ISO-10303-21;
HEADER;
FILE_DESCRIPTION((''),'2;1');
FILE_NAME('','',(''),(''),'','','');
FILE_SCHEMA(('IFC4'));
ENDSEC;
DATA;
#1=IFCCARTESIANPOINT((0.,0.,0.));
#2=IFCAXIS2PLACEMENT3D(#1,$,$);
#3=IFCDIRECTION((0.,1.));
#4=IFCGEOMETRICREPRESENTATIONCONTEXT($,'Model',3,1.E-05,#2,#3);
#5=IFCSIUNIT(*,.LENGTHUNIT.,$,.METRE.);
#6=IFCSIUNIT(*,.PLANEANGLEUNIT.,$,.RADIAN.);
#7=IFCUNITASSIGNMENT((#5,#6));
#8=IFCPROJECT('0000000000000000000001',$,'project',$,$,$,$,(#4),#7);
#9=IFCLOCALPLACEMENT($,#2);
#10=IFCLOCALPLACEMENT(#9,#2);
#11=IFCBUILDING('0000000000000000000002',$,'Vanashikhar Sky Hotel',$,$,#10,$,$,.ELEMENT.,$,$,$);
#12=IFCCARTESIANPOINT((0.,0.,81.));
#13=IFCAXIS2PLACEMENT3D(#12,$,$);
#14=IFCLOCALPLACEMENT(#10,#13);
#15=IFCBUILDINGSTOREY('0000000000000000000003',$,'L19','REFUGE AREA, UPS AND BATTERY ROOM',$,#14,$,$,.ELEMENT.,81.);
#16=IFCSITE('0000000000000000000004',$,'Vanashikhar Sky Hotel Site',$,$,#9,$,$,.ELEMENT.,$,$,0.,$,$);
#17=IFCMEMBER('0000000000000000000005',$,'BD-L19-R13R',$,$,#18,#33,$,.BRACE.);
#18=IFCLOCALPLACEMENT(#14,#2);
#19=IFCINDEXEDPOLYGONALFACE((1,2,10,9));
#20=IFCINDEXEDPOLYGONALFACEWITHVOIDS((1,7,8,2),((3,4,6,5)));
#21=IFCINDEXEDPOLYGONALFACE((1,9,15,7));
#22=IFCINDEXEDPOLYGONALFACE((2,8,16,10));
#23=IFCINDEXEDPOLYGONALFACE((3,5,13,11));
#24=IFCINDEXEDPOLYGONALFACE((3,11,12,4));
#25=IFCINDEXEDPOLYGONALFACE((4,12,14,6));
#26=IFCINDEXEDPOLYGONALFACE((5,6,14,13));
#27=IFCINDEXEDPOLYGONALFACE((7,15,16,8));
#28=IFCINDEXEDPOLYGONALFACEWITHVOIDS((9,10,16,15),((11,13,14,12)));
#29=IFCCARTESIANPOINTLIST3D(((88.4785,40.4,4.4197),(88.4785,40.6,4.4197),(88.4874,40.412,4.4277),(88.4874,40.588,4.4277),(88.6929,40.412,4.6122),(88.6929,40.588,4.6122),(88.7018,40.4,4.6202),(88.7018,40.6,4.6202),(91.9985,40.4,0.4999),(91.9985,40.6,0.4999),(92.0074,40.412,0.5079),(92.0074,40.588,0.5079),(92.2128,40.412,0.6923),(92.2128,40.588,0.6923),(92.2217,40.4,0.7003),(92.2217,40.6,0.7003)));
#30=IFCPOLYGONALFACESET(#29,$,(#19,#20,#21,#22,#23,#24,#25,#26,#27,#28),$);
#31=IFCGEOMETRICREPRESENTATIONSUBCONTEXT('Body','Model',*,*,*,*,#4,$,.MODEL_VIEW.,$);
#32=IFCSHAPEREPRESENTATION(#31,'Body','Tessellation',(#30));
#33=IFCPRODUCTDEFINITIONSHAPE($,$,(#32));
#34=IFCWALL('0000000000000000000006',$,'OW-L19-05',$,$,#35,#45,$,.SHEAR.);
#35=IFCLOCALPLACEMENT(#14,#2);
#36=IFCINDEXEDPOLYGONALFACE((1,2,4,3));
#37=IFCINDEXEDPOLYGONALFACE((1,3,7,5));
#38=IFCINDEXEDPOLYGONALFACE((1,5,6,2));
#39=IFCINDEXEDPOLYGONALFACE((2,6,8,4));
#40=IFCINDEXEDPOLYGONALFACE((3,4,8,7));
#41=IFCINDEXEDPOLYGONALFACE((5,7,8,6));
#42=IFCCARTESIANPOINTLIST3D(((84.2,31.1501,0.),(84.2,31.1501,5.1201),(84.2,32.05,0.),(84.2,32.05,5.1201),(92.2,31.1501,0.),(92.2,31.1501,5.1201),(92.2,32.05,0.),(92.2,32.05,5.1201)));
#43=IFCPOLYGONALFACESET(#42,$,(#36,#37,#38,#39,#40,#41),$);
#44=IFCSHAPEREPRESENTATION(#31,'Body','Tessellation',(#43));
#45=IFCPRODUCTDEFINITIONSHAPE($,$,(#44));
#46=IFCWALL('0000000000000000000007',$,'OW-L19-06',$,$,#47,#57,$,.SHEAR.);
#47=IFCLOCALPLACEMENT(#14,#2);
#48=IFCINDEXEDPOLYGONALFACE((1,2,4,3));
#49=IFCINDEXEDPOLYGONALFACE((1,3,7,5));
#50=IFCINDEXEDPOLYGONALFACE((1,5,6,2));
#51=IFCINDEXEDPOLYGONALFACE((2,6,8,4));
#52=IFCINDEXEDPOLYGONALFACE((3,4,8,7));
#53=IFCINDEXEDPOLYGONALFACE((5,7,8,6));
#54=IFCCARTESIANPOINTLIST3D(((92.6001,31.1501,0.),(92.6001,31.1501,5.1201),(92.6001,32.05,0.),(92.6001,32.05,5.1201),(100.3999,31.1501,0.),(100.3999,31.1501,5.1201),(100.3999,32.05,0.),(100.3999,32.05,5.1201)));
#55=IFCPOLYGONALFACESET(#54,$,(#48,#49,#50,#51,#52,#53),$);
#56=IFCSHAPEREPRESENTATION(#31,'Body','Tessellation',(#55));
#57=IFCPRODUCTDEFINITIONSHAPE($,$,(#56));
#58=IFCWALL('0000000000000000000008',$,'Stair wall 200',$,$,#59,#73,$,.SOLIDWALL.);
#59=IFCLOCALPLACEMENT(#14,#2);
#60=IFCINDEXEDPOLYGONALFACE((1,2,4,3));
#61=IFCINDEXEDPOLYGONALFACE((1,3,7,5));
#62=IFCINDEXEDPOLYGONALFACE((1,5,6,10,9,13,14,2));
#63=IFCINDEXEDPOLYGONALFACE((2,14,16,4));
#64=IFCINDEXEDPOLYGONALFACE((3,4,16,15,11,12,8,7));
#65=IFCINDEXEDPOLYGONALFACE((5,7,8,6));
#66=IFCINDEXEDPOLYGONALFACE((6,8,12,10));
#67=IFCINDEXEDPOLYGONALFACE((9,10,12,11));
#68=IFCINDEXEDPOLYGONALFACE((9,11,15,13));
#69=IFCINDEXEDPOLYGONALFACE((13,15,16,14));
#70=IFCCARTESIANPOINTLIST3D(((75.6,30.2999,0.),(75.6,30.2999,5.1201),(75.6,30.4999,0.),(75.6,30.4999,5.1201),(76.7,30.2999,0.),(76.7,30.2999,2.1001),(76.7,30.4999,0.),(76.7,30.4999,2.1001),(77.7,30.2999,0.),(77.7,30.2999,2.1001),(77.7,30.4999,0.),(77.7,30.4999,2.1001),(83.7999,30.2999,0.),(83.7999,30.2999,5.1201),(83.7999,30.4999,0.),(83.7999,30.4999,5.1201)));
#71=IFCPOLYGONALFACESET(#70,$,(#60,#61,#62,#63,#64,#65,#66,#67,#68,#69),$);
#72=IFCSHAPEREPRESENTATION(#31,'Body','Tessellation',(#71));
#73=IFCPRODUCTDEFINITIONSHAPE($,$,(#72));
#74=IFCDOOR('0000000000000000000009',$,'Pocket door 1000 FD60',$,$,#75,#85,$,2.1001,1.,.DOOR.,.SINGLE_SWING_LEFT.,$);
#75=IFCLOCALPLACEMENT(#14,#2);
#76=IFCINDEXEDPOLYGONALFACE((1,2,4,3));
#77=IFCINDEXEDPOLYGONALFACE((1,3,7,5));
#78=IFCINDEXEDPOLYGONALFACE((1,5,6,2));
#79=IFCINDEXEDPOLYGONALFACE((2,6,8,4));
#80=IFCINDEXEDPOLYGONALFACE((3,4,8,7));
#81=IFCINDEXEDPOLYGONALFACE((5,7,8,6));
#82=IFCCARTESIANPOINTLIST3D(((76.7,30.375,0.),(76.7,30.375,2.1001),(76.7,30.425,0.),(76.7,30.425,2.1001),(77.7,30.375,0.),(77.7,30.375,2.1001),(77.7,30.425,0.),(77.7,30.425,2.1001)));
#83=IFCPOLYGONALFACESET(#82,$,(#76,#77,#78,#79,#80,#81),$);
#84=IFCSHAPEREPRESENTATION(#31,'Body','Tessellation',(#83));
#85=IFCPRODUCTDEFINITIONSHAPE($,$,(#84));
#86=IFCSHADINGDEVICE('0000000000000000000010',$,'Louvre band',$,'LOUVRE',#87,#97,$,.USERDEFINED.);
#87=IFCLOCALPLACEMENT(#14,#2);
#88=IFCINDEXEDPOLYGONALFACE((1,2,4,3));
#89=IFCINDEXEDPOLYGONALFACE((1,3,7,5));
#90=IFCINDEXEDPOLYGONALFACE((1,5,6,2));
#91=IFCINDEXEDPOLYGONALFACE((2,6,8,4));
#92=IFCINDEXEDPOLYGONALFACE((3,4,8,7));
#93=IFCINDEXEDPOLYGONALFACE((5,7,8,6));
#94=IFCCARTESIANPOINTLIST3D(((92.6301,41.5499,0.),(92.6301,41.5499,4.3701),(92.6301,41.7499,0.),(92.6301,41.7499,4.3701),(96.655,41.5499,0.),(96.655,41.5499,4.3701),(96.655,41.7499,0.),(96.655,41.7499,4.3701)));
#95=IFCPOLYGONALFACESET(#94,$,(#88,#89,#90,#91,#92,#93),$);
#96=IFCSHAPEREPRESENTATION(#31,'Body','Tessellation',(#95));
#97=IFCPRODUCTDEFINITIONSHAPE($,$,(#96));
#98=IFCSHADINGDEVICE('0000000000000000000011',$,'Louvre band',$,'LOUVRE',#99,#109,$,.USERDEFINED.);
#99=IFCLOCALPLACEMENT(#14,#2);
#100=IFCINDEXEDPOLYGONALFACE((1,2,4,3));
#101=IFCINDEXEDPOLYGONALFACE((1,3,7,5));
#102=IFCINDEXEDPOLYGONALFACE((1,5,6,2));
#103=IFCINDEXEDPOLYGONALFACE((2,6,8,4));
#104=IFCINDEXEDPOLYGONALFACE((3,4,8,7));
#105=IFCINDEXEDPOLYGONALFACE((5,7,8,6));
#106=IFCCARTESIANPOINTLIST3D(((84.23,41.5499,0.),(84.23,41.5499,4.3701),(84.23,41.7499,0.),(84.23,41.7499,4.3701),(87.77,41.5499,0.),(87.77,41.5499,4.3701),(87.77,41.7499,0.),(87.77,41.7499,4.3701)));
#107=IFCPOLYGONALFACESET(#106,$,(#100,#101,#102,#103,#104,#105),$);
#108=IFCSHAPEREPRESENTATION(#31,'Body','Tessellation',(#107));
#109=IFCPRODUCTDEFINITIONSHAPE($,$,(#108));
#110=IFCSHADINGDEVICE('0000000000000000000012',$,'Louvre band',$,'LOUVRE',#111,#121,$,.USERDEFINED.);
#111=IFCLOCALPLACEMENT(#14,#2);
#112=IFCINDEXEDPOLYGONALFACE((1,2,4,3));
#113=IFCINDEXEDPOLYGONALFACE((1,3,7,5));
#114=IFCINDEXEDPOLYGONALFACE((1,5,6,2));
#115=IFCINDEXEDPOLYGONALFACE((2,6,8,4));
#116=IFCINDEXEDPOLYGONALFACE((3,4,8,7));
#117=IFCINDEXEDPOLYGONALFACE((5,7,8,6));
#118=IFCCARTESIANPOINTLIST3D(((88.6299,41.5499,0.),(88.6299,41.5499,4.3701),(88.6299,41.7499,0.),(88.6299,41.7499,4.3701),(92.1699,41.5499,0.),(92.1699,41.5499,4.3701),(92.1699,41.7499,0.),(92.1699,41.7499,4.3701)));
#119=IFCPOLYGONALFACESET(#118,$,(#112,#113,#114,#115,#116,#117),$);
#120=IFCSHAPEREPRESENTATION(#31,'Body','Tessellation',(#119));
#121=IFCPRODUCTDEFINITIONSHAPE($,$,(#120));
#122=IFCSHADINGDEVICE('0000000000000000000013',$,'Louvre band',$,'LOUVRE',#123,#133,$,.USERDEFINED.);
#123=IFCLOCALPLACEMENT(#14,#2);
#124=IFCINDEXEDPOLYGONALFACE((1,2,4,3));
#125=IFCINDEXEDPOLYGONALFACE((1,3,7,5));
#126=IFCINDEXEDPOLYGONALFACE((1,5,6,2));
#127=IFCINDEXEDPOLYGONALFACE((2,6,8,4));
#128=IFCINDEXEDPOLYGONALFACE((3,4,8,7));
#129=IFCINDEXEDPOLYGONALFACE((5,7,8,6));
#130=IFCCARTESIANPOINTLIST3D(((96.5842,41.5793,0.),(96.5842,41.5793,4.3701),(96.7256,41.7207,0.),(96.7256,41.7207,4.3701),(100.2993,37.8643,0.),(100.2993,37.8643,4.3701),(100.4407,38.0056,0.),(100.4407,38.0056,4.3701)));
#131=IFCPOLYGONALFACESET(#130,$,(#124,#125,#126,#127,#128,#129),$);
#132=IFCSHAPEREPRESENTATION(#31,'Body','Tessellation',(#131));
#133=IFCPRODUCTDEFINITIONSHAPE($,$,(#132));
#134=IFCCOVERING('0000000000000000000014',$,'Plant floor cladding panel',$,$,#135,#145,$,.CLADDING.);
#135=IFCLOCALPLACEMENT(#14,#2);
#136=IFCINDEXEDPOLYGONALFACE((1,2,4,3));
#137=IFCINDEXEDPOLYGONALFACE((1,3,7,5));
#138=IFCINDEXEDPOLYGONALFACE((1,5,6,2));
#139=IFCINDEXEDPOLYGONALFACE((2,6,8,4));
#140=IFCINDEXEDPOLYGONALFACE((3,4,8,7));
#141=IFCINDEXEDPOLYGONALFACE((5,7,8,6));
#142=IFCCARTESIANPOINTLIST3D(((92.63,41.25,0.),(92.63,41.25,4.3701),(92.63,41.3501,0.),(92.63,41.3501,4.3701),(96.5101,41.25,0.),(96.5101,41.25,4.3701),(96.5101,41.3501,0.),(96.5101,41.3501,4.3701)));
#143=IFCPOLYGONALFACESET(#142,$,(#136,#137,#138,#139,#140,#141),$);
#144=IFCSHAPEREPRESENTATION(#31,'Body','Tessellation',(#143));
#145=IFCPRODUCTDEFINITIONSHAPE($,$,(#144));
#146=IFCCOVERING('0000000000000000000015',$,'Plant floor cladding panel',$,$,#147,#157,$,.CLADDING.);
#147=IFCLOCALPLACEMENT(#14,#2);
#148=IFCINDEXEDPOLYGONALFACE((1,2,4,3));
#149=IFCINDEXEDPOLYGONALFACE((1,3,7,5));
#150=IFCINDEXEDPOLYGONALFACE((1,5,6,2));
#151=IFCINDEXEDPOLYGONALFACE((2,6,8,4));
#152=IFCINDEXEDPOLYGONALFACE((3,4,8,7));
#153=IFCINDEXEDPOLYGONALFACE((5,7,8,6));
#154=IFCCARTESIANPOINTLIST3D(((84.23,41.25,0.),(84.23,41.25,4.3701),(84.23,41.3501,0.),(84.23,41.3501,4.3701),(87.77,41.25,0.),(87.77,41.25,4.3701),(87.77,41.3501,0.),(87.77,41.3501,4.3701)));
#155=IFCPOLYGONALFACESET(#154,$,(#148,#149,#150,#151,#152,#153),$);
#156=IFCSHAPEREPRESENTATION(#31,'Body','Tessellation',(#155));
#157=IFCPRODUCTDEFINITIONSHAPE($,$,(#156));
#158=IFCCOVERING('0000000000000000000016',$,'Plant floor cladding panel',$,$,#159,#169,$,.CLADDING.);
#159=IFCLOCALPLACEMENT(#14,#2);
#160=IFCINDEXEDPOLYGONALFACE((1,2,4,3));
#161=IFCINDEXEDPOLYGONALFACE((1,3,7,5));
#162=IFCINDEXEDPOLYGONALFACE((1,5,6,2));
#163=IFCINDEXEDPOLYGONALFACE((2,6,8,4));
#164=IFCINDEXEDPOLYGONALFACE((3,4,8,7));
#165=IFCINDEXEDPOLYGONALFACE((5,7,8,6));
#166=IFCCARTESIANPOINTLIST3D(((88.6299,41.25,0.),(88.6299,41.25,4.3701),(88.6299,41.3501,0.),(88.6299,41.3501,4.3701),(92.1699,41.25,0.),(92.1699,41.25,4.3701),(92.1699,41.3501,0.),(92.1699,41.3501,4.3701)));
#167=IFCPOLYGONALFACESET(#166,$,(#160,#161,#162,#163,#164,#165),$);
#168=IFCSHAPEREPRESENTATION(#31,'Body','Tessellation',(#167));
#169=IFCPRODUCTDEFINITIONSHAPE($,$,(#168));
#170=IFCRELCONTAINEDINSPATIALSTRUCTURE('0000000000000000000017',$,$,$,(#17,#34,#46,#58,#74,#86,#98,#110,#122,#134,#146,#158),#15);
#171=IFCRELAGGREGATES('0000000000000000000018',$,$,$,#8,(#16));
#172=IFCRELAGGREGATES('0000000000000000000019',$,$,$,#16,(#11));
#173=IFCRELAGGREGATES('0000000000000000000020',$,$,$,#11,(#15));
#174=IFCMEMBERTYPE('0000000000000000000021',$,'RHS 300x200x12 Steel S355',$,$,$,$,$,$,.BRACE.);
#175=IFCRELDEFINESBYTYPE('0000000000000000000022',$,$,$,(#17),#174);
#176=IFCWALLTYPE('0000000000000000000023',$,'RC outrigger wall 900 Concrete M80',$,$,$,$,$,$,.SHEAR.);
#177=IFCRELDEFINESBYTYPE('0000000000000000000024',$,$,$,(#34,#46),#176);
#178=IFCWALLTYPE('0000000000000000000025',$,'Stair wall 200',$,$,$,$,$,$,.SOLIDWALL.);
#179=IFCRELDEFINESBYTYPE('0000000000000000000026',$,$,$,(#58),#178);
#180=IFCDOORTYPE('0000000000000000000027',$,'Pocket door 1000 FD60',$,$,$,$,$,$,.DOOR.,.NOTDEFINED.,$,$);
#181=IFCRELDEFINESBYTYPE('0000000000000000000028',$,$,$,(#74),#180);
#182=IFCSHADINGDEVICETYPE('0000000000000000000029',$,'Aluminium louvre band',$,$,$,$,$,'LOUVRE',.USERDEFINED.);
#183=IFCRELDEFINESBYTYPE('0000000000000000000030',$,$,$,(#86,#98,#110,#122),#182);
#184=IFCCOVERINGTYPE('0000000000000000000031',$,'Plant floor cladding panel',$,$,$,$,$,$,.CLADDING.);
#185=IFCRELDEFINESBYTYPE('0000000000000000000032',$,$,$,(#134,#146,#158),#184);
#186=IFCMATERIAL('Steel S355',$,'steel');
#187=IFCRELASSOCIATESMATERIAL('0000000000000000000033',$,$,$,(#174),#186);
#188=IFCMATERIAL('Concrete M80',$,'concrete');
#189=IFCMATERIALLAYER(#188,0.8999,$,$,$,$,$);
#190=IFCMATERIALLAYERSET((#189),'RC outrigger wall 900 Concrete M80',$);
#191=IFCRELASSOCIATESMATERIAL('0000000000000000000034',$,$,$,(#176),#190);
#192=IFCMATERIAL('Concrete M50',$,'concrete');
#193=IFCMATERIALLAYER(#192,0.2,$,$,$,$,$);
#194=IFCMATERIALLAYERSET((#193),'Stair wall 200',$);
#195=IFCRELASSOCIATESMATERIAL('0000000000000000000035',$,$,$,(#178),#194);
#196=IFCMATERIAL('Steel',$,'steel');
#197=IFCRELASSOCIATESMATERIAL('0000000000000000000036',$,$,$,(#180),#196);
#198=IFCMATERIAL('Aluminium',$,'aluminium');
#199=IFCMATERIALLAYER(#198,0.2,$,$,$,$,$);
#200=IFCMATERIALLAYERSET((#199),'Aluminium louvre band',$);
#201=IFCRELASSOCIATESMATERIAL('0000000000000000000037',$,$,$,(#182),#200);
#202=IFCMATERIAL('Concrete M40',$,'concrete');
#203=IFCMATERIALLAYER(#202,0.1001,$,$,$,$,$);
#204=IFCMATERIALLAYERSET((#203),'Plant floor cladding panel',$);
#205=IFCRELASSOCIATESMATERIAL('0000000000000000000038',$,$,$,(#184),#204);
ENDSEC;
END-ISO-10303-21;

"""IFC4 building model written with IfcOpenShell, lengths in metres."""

from ifc_helpers import new_model, si_unit, direction, frame, frame_2d, origin, origin_2d, place, context, subcontext, project, spatial, rectangle, hollow_rectangle, extrude, source, transform, mapped, material, layer, layer_set, material_profile, profile_set, type_object, element, fill, save


model = new_model("IFC4")

# Units and contexts
model_context = context("Model", 3, precision=1e-05, world=origin(), true_north=direction((0.0, 1.0)))
body_context = subcontext(model_context, "Body", "Model", "MODEL_VIEW")
ifc_project = project(units=[si_unit("LENGTHUNIT", "METRE"), si_unit("PLANEANGLEUNIT", "RADIAN")], contexts=[model_context])

# Site, building, storey
site_placement = place(None, origin())
site = spatial("IfcSite", under=ifc_project, at=site_placement, Name="Vanashikhar Sky Hotel Site", CompositionType="ELEMENT", RefElevation=0.0)
building_placement = place(site_placement, origin())
building = spatial("IfcBuilding", under=site, at=building_placement, Name="Vanashikhar Sky Hotel", CompositionType="ELEMENT")
storey_placement = place(building_placement, frame((0.0, 0.0, 81.0)))
storey = spatial("IfcBuildingStorey", under=building, at=storey_placement, Name="L19", Description="REFUGE AREA, UPS AND BATTERY ROOM", CompositionType="ELEMENT", Elevation=81.0)

# Shared definitions
ifc_material_1 = material(Name="Concrete M50", Category="concrete")

# Member
ifc_material_2 = material(Name="Steel S355", Category="steel")
ifc_material_profile_1 = material_profile(ifc_material_2, hollow_rectangle(XDim=0.2, YDim=0.3, WallThickness=0.012, at=origin_2d()))
ifc_profile_set_1 = profile_set([ifc_material_profile_1], Name="RHS 300x200x12 Steel S355")
member_type_1 = type_object("IfcMemberType", Name="RHS 300x200x12 Steel S355", PredefinedType="BRACE", material=ifc_profile_set_1)
shared_shape_1 = source(origin(), body_context, "Body", "SweptSolid", [
    extrude(hollow_rectangle(XDim=0.2, YDim=0.3, WallThickness=0.012, at=origin_2d()), origin(), (0.0, 0.0, 1.0), 5.2683),
])
for number, where, z_axis, x_axis, name in (
    (1, (92.1101, 40.5, 0.6001), (-0.668135, 0.0, 0.74404), (0.0, -1.0, 0.0), "BD-L19-R13R"),
):
    element("IfcMember", number, at=place(storey_placement, frame(where, z_axis=z_axis, x_axis=x_axis)), inside=storey, type_object=member_type_1, Name=name, PredefinedType="BRACE", context=body_context, shape_type="MappedRepresentation", body=[
        mapped(shared_shape_1, transform((0.0, 0.0, 0.0), scale=1.0)),
    ])

# Walls
ifc_material_3 = material(Name="Concrete M80", Category="concrete")
ifc_layer_1 = layer(ifc_material_3, 0.8999)
ifc_layer_set_1 = layer_set([ifc_layer_1], Name="RC outrigger wall 900 Concrete M80")
wall_type_1 = type_object("IfcWallType", Name="RC outrigger wall 900 Concrete M80", PredefinedType="SHEAR", material=ifc_layer_set_1)
shared_shape_2 = source(origin(), body_context, "Body", "SweptSolid", [
    extrude(rectangle(XDim=8.0, YDim=0.8999, at=frame_2d((4.0, 0.0))), origin(), (0.0, 0.0, 1.0), 5.1201),
])
wall_1_placement = place(storey_placement, frame((84.2, 31.6001, 0.0), z_axis=(0.0, 0.0, 1.0), x_axis=(1.0, 0.0, 0.0)))
element("IfcWall", 2, at=wall_1_placement, inside=storey, type_object=wall_type_1, Name="OW-L19-05", PredefinedType="SHEAR", context=body_context, shape_type="MappedRepresentation", body=[
    mapped(shared_shape_2, transform((0.0, 0.0, 0.0), scale=1.0)),
])
shared_shape_3 = source(origin(), body_context, "Body", "SweptSolid", [
    extrude(rectangle(XDim=7.7998, YDim=0.8999, at=frame_2d((3.8999, 0.0))), origin(), (0.0, 0.0, 1.0), 5.1201),
])
wall_2_placement = place(storey_placement, frame((92.6001, 31.6001, 0.0), z_axis=(0.0, 0.0, 1.0), x_axis=(1.0, 0.0, 0.0)))
element("IfcWall", 3, at=wall_2_placement, inside=storey, type_object=wall_type_1, Name="OW-L19-06", PredefinedType="SHEAR", context=body_context, shape_type="MappedRepresentation", body=[
    mapped(shared_shape_3, transform((0.0, 0.0, 0.0), scale=1.0)),
])

# Wall, opening, door
ifc_layer_2 = layer(ifc_material_1, 0.2)
ifc_layer_set_2 = layer_set([ifc_layer_2], Name="Stair wall 200")
wall_type_2 = type_object("IfcWallType", Name="Stair wall 200", PredefinedType="SOLIDWALL", material=ifc_layer_set_2)
shared_shape_4 = source(origin(), body_context, "Body", "SweptSolid", [
    extrude(rectangle(XDim=8.2, YDim=0.2, at=frame_2d((4.1001, 0.0))), origin(), (0.0, 0.0, 1.0), 5.1201),
])
wall_3_placement = place(storey_placement, frame((83.8, 30.3999, 0.0), z_axis=(0.0, 0.0, 1.0), x_axis=(-1.0, 0.0, 0.0)))
wall_3 = element("IfcWall", 4, at=wall_3_placement, inside=storey, type_object=wall_type_2, Name="Stair wall 200", PredefinedType="SOLIDWALL", context=body_context, shape_type="MappedRepresentation", body=[
    mapped(shared_shape_4, transform((0.0, 0.0, 0.0), scale=1.0)),
])
shared_shape_5 = source(origin(), body_context, "Body", "SweptSolid", [
    extrude(rectangle(XDim=1.0, YDim=2.1001, at=frame_2d((0.5, 1.05))), frame((0.0, 0.1099, 0.0), z_axis=(0.0, -1.0, 0.0), x_axis=(1.0, 0.0, 0.0)), (0.0, 0.0, 1.0), 0.22),
])
opening_placement = place(wall_3_placement, frame((6.1001, 0.0, 0.0)))
opening = element("IfcOpeningElement", 5, at=opening_placement, cuts=wall_3, PredefinedType="OPENING", context=body_context, shape_type="MappedRepresentation", body=[
    mapped(shared_shape_5, transform((0.0, 0.0, 0.0), scale=1.0)),
])
ifc_material_4 = material(Name="Steel", Category="steel")
door_type = type_object("IfcDoorType", Name="Pocket door 1000 FD60", OperationType="NOTDEFINED", PredefinedType="DOOR", material=ifc_material_4)
shared_shape_6 = source(origin(), body_context, "Body", "SweptSolid", [
    extrude(rectangle(XDim=1.0, YDim=2.1001, at=frame_2d((0.5, 1.05))), frame((0.0, 0.0249, 0.0), z_axis=(0.0, -1.0, 0.0), x_axis=(1.0, 0.0, 0.0)), (0.0, 0.0, 1.0), 0.05),
])
door_placement = place(opening_placement, origin())
door = element("IfcDoor", 6, at=door_placement, inside=storey, type_object=door_type, Name="Pocket door 1000 FD60", OperationType="SINGLE_SWING_LEFT", OverallHeight=2.1001, OverallWidth=1.0, PredefinedType="DOOR", context=body_context, shape_type="MappedRepresentation", body=[
    mapped(shared_shape_6, transform((0.0, 0.0, 0.0), scale=1.0)),
])
fill(opening, door)

# Shading devices
ifc_material_5 = material(Name="Aluminium", Category="aluminium")
ifc_layer_3 = layer(ifc_material_5, 0.2)
ifc_layer_set_3 = layer_set([ifc_layer_3], Name="Aluminium louvre band")
shading_device_type = type_object("IfcShadingDeviceType", Name="Aluminium louvre band", ElementType="LOUVRE", PredefinedType="USERDEFINED", material=ifc_layer_set_3)
shared_shape_7 = source(origin(), body_context, "Body", "SweptSolid", [
    extrude(rectangle(XDim=4.0249, YDim=0.2, at=origin_2d()), origin(), (0.0, 0.0, 1.0), 4.3701),
])
shading_device_1_placement = place(storey_placement, frame((94.6426, 41.6499, 0.0), z_axis=(0.0, 0.0, 1.0), x_axis=(-1.0, 0.0, 0.0)))
element("IfcShadingDevice", 7, at=shading_device_1_placement, inside=storey, type_object=shading_device_type, Name="Louvre band", ObjectType="LOUVRE", PredefinedType="USERDEFINED", context=body_context, shape_type="MappedRepresentation", body=[
    mapped(shared_shape_7, transform((0.0, 0.0, 0.0), scale=1.0)),
])
shared_shape_8 = source(origin(), body_context, "Body", "SweptSolid", [
    extrude(rectangle(XDim=3.54, YDim=0.2, at=origin_2d()), origin(), (0.0, 0.0, 1.0), 4.3701),
])
for number, where, z_axis, x_axis, name in (
    (8, (86.0, 41.6499, 0.0), (0.0, 0.0, 1.0), (-1.0, 0.0, 0.0), "Louvre band"),
    (9, (90.3999, 41.6499, 0.0), (0.0, 0.0, 1.0), (-1.0, 0.0, 0.0), "Louvre band"),
):
    element("IfcShadingDevice", number, at=place(storey_placement, frame(where, z_axis=z_axis, x_axis=x_axis)), inside=storey, type_object=shading_device_type, Name=name, ObjectType="LOUVRE", PredefinedType="USERDEFINED", context=body_context, shape_type="MappedRepresentation", body=[
        mapped(shared_shape_8, transform((0.0, 0.0, 0.0), scale=1.0)),
    ])
shared_shape_9 = source(origin(), body_context, "Body", "SweptSolid", [
    extrude(rectangle(XDim=5.2539, YDim=0.2, at=origin_2d()), origin(), (0.0, 0.0, 1.0), 4.3701),
])
shading_device_2_placement = place(storey_placement, frame((98.5125, 39.7925, 0.0), z_axis=(0.0, 0.0, 1.0), x_axis=(-0.707107, 0.707107, 0.0)))
element("IfcShadingDevice", 10, at=shading_device_2_placement, inside=storey, type_object=shading_device_type, Name="Louvre band", ObjectType="LOUVRE", PredefinedType="USERDEFINED", context=body_context, shape_type="MappedRepresentation", body=[
    mapped(shared_shape_9, transform((0.0, 0.0, 0.0), scale=1.0)),
])

# Coverings
ifc_material_6 = material(Name="Concrete M40", Category="concrete")
ifc_layer_4 = layer(ifc_material_6, 0.1001)
ifc_layer_set_4 = layer_set([ifc_layer_4], Name="Plant floor cladding panel")
covering_type_1 = type_object("IfcCoveringType", Name="Plant floor cladding panel", PredefinedType="CLADDING", material=ifc_layer_set_4)
shared_shape_10 = source(origin(), body_context, "Body", "SweptSolid", [
    extrude(rectangle(XDim=3.8801, YDim=0.1001, at=origin_2d()), origin(), (0.0, 0.0, 1.0), 4.3701),
])
covering_1_placement = place(storey_placement, frame((94.5701, 41.3, 0.0), z_axis=(0.0, 0.0, 1.0), x_axis=(-1.0, 0.0, 0.0)))
element("IfcCovering", 11, at=covering_1_placement, inside=storey, type_object=covering_type_1, Name="Plant floor cladding panel", PredefinedType="CLADDING", context=body_context, shape_type="MappedRepresentation", body=[
    mapped(shared_shape_10, transform((0.0, 0.0, 0.0), scale=1.0)),
])
shared_shape_11 = source(origin(), body_context, "Body", "SweptSolid", [
    extrude(rectangle(XDim=3.54, YDim=0.1001, at=origin_2d()), origin(), (0.0, 0.0, 1.0), 4.3701),
])
for number, where, z_axis, x_axis, name in (
    (12, (86.0, 41.3, 0.0), (0.0, 0.0, 1.0), (-1.0, 0.0, 0.0), "Plant floor cladding panel"),
    (13, (90.3999, 41.3, 0.0), (0.0, 0.0, 1.0), (-1.0, 0.0, 0.0), "Plant floor cladding panel"),
):
    element("IfcCovering", number, at=place(storey_placement, frame(where, z_axis=z_axis, x_axis=x_axis)), inside=storey, type_object=covering_type_1, Name=name, PredefinedType="CLADDING", context=body_context, shape_type="MappedRepresentation", body=[
        mapped(shared_shape_11, transform((0.0, 0.0, 0.0), scale=1.0)),
    ])

save(model, "model.ifc")
